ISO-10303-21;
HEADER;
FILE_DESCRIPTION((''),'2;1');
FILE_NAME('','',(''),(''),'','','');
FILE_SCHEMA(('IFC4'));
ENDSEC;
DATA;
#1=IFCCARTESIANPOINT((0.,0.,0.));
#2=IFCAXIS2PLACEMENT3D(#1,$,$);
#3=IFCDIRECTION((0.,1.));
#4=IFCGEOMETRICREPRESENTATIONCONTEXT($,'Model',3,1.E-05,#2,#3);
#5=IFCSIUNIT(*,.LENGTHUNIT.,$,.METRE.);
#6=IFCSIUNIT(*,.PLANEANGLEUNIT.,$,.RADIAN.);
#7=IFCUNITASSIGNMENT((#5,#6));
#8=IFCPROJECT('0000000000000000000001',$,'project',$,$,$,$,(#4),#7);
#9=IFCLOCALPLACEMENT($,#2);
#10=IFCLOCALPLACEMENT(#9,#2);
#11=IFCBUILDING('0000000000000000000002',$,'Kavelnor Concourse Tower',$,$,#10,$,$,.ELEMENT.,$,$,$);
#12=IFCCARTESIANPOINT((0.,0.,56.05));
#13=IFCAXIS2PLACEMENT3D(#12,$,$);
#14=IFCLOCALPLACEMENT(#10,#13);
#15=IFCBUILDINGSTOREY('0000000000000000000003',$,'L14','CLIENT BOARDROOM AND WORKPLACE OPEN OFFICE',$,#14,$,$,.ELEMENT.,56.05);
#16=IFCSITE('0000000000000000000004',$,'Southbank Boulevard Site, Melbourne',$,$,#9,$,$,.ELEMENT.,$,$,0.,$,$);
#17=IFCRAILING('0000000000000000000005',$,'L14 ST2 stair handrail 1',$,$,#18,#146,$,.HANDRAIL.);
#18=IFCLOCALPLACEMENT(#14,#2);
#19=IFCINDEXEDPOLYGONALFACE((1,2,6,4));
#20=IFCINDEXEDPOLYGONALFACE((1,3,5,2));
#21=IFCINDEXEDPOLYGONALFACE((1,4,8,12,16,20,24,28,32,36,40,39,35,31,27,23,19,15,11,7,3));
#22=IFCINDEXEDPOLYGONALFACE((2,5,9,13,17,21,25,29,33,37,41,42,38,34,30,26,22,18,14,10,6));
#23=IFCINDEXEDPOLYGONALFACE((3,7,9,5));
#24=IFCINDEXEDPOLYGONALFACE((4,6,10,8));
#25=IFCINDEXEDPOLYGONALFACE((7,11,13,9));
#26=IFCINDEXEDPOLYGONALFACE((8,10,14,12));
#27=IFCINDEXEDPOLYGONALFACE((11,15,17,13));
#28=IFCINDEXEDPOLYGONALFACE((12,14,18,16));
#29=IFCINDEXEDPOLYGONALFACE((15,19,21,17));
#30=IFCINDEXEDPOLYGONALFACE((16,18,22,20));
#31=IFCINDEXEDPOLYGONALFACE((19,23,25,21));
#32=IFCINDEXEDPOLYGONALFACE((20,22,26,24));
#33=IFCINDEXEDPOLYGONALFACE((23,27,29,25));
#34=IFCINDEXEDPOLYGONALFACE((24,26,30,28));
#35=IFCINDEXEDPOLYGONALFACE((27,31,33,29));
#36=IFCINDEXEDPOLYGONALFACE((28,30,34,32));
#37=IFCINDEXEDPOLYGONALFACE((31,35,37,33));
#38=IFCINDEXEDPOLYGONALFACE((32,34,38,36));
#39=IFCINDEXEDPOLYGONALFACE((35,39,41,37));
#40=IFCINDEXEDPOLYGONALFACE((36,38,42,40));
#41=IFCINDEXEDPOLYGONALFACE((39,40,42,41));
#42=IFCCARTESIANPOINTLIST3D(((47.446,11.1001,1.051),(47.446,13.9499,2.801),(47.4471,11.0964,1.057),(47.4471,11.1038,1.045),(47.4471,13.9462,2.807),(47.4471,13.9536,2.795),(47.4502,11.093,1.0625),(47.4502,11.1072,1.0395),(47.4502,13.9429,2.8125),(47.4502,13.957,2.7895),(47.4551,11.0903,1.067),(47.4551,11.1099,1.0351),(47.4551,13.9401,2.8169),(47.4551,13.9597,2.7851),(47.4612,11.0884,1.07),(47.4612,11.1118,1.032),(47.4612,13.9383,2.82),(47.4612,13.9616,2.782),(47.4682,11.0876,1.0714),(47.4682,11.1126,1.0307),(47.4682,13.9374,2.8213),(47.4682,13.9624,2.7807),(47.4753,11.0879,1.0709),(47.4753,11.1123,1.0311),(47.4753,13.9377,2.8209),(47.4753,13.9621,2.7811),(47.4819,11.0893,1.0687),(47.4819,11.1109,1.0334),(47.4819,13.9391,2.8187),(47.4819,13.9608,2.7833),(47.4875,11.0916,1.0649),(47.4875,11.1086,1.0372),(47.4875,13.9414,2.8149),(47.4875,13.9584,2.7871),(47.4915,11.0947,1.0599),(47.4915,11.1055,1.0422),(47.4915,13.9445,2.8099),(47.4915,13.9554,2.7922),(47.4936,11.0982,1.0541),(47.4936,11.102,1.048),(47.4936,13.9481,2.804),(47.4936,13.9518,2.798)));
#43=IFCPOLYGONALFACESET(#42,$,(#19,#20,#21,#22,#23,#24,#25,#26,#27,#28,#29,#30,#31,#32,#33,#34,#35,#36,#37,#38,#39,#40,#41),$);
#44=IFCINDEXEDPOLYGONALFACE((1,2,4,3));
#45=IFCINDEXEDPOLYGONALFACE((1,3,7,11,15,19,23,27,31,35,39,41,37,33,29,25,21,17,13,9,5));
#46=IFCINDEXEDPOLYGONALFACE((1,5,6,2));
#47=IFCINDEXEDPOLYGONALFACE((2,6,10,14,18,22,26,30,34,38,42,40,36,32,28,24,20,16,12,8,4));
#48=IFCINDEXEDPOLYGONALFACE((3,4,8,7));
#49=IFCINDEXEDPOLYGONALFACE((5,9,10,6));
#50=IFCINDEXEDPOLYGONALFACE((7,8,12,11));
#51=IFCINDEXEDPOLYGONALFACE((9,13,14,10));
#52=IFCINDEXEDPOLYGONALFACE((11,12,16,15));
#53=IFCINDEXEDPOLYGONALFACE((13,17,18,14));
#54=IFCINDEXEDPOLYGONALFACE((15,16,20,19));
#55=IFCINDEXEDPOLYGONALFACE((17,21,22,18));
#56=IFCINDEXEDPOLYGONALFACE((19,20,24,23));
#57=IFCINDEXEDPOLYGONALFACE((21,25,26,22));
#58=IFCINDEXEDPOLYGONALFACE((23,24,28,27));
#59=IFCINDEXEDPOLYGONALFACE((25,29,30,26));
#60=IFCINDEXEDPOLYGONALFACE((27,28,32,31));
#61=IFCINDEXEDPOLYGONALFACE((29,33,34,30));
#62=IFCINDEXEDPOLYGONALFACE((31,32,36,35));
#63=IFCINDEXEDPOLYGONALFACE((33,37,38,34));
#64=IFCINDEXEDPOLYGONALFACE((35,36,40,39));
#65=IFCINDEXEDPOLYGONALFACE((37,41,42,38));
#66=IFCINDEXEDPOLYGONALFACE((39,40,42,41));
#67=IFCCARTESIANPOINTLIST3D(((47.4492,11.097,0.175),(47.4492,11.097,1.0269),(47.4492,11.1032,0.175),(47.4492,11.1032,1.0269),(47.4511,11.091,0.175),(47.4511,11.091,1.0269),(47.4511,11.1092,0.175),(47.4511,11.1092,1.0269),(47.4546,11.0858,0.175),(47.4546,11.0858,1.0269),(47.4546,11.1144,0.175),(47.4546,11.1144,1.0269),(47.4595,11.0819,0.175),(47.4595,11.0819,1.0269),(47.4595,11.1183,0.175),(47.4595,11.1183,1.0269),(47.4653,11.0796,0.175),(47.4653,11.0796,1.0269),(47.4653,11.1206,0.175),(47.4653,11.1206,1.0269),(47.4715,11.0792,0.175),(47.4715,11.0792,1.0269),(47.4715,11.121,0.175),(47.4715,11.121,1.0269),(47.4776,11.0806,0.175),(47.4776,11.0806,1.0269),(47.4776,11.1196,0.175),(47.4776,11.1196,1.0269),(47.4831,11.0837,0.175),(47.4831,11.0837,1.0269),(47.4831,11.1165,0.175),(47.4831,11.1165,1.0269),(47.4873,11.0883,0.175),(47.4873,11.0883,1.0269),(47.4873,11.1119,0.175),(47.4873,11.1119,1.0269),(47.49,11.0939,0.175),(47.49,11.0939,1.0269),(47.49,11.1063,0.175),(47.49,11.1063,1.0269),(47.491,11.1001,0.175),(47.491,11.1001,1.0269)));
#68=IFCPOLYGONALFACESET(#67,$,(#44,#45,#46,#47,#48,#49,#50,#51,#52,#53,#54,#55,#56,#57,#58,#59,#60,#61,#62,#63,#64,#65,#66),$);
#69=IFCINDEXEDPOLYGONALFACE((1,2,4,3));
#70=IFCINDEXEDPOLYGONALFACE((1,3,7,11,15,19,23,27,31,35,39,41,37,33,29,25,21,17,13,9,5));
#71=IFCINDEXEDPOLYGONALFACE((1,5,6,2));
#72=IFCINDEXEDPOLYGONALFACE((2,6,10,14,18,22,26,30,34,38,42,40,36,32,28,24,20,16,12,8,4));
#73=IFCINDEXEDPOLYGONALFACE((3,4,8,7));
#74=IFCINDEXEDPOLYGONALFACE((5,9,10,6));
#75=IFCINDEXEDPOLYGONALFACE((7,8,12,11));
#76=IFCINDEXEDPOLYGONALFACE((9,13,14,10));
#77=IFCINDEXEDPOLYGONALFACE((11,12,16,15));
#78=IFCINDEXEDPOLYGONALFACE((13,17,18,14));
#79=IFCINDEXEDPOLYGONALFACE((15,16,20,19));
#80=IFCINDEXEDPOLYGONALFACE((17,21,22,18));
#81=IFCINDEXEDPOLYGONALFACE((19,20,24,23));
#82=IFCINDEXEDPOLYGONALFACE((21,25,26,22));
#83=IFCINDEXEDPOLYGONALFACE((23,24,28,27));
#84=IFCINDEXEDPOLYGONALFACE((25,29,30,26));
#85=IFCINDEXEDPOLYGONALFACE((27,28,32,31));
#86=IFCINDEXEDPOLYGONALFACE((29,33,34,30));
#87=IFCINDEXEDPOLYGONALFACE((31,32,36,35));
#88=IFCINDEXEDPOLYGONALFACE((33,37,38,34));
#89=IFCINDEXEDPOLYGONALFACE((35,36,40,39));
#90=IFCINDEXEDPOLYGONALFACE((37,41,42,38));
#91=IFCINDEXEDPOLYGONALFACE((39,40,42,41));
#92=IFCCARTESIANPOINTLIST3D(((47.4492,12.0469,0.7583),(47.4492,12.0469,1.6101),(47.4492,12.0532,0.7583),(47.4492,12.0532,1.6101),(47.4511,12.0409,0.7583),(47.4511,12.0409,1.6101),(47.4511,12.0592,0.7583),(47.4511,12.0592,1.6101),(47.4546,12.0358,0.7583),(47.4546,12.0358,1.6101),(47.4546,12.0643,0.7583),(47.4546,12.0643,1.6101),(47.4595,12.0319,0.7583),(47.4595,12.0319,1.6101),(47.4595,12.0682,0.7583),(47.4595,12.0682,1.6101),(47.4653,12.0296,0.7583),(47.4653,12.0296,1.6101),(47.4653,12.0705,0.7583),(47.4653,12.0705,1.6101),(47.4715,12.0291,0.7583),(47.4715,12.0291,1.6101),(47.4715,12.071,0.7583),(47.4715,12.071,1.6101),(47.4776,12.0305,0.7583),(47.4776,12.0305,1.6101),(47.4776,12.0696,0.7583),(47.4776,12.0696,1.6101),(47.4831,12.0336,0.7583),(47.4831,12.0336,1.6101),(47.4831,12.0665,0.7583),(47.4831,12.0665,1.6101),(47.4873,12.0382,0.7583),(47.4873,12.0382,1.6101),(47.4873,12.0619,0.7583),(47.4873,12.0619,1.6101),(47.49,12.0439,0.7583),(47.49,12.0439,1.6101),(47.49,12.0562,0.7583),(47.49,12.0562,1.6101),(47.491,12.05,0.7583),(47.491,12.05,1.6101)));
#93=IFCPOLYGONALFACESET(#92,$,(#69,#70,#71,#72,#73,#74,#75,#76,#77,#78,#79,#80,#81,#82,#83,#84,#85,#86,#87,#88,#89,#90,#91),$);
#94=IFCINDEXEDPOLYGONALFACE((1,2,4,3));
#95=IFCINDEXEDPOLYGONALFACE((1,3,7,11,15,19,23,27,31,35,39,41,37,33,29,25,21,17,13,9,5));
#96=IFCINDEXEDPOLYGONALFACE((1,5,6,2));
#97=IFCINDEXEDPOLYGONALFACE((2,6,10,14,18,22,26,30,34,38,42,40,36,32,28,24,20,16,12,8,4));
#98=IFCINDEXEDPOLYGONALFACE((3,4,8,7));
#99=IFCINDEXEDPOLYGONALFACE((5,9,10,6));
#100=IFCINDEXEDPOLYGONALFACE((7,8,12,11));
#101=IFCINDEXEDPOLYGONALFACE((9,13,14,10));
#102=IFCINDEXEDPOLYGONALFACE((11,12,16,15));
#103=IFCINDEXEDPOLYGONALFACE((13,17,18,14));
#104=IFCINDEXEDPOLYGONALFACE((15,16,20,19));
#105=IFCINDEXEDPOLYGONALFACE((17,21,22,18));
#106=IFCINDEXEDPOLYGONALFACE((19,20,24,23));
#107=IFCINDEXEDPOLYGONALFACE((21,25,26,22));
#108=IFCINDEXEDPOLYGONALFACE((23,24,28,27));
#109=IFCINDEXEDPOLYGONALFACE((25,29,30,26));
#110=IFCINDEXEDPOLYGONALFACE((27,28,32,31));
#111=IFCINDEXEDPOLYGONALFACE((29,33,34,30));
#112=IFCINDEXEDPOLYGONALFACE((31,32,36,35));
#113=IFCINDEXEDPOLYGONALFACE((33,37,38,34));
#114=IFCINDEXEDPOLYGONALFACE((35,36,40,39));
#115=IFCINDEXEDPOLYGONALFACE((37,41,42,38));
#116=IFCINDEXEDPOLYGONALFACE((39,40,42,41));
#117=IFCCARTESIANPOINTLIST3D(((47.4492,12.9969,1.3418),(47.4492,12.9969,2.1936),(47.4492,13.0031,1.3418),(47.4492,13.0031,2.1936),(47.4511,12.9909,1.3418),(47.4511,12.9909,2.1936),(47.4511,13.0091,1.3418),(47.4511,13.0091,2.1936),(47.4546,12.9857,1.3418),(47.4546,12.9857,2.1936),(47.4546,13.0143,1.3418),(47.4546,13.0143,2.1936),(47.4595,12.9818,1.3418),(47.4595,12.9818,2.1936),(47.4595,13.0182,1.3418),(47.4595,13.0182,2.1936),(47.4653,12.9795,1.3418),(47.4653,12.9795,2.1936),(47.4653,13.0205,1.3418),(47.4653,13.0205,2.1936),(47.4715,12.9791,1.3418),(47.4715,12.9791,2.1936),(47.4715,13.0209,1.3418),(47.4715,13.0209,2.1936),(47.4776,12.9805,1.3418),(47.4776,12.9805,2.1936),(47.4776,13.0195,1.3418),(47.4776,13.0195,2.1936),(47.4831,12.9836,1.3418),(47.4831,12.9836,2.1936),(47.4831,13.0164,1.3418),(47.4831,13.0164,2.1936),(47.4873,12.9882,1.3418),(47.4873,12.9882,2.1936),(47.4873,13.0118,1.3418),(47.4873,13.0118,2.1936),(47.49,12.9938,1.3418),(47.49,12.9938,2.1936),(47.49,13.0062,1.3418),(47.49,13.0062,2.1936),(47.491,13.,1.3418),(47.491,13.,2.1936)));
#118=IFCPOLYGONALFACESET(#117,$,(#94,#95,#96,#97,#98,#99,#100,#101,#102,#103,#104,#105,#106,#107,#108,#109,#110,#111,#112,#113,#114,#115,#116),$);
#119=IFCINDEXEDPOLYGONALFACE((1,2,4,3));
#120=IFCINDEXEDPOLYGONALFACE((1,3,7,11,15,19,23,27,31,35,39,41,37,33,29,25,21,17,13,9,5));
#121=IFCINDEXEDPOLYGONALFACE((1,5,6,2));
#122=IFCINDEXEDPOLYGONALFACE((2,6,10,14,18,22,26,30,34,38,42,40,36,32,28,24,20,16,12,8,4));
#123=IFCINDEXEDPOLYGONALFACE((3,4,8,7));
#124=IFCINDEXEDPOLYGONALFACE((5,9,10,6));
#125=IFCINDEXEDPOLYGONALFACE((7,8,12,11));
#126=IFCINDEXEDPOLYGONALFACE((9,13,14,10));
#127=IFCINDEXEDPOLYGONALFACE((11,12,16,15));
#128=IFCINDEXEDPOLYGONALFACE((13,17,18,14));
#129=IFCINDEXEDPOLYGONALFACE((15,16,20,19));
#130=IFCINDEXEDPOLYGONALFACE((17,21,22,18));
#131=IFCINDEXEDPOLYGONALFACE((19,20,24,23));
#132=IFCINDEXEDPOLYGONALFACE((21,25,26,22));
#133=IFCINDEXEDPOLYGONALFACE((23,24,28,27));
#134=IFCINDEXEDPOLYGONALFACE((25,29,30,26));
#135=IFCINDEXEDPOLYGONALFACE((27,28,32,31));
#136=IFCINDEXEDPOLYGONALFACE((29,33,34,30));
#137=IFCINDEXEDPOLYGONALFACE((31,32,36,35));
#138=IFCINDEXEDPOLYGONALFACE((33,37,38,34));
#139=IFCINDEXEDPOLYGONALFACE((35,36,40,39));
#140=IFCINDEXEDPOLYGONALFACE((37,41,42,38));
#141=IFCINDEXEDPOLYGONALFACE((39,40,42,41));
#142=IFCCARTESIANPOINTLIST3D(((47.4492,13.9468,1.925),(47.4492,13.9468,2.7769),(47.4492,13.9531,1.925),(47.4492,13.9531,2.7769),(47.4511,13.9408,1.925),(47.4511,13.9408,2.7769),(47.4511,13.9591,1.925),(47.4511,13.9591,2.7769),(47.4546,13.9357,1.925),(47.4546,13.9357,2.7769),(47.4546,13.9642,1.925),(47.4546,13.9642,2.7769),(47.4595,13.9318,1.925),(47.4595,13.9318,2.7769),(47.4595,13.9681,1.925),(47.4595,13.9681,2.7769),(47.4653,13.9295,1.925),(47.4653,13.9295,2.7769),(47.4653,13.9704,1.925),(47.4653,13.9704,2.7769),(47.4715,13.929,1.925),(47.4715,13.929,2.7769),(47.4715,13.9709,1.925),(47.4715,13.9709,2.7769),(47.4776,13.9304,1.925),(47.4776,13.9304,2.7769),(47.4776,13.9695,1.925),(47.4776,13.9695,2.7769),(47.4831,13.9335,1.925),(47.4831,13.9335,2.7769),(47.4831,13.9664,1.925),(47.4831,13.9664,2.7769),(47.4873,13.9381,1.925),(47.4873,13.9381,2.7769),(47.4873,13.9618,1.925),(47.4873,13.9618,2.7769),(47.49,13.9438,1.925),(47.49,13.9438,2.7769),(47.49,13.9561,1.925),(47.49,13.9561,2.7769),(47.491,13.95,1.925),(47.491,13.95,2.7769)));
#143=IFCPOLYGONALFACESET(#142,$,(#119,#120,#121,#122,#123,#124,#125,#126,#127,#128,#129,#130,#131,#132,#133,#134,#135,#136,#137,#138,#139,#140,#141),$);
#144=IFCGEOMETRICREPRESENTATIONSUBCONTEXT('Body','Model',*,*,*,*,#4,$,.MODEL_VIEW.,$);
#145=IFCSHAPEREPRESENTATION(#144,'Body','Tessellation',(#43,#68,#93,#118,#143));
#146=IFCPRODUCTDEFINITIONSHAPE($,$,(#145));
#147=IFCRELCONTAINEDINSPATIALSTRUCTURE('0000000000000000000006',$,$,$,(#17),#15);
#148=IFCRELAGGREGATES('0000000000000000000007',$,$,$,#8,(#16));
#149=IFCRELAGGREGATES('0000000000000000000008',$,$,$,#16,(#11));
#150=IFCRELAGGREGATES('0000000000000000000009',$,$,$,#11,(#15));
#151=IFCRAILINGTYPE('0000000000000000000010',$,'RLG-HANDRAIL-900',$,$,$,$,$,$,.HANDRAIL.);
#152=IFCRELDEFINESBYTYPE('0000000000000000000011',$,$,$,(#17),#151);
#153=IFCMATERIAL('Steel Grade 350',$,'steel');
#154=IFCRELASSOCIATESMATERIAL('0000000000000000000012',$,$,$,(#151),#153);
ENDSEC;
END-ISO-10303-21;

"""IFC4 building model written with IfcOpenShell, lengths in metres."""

from ifc_helpers import new_model, si_unit, direction, frame, origin, origin_2d, place, context, subcontext, project, spatial, circle, extrude, material, type_object, element, save


model = new_model("IFC4")

# Units and contexts
model_context = context("Model", 3, precision=1e-05, world=origin(), true_north=direction((0.0, 1.0)))
body_context = subcontext(model_context, "Body", "Model", "MODEL_VIEW")
ifc_project = project(units=[si_unit("LENGTHUNIT", "METRE"), si_unit("PLANEANGLEUNIT", "RADIAN")], contexts=[model_context])

# Site, building, storey
site_placement = place(None, origin())
site = spatial("IfcSite", under=ifc_project, at=site_placement, Name="Southbank Boulevard Site, Melbourne", CompositionType="ELEMENT", RefElevation=0.0)
building_placement = place(site_placement, origin())
building = spatial("IfcBuilding", under=site, at=building_placement, Name="Kavelnor Concourse Tower", CompositionType="ELEMENT")
storey_placement = place(building_placement, frame((0.0, 0.0, 56.05)))
storey = spatial("IfcBuildingStorey", under=building, at=storey_placement, Name="L14", Description="CLIENT BOARDROOM AND WORKPLACE OPEN OFFICE", CompositionType="ELEMENT", Elevation=56.05)

# Shared definitions
ifc_material_1 = material(Name="Steel Grade 350", Category="steel")

# Railing
railing_type_1 = type_object("IfcRailingType", Name="RLG-HANDRAIL-900", PredefinedType="HANDRAIL", material=ifc_material_1)
railing_1_placement = place(storey_placement, frame((47.47, 11.1001, 0.175)))
element("IfcRailing", 1, at=railing_1_placement, inside=storey, type_object=railing_type_1, Name="L14 ST2 stair handrail 1", PredefinedType="HANDRAIL", context=body_context, shape_type="SweptSolid", body=[
    extrude(circle(Radius=0.0239, at=origin_2d()), frame((0.0, 0.0, 0.876), z_axis=(0.0, 0.852159, 0.523283), x_axis=(-1.0, 0.0, 0.0)), (0.0, 0.0, 1.0), 3.3442),
    extrude(circle(Radius=0.021, at=origin_2d()), origin(), (0.0, 0.0, 1.0), 0.8518),
    extrude(circle(Radius=0.021, at=origin_2d()), frame((0.0, 0.95, 0.5833)), (0.0, 0.0, 1.0), 0.8518),
    extrude(circle(Radius=0.021, at=origin_2d()), frame((0.0, 1.8999, 1.1667)), (0.0, 0.0, 1.0), 0.8518),
    extrude(circle(Radius=0.021, at=origin_2d()), frame((0.0, 2.8499, 1.75)), (0.0, 0.0, 1.0), 0.8518),
])

save(model, "model.ifc")
